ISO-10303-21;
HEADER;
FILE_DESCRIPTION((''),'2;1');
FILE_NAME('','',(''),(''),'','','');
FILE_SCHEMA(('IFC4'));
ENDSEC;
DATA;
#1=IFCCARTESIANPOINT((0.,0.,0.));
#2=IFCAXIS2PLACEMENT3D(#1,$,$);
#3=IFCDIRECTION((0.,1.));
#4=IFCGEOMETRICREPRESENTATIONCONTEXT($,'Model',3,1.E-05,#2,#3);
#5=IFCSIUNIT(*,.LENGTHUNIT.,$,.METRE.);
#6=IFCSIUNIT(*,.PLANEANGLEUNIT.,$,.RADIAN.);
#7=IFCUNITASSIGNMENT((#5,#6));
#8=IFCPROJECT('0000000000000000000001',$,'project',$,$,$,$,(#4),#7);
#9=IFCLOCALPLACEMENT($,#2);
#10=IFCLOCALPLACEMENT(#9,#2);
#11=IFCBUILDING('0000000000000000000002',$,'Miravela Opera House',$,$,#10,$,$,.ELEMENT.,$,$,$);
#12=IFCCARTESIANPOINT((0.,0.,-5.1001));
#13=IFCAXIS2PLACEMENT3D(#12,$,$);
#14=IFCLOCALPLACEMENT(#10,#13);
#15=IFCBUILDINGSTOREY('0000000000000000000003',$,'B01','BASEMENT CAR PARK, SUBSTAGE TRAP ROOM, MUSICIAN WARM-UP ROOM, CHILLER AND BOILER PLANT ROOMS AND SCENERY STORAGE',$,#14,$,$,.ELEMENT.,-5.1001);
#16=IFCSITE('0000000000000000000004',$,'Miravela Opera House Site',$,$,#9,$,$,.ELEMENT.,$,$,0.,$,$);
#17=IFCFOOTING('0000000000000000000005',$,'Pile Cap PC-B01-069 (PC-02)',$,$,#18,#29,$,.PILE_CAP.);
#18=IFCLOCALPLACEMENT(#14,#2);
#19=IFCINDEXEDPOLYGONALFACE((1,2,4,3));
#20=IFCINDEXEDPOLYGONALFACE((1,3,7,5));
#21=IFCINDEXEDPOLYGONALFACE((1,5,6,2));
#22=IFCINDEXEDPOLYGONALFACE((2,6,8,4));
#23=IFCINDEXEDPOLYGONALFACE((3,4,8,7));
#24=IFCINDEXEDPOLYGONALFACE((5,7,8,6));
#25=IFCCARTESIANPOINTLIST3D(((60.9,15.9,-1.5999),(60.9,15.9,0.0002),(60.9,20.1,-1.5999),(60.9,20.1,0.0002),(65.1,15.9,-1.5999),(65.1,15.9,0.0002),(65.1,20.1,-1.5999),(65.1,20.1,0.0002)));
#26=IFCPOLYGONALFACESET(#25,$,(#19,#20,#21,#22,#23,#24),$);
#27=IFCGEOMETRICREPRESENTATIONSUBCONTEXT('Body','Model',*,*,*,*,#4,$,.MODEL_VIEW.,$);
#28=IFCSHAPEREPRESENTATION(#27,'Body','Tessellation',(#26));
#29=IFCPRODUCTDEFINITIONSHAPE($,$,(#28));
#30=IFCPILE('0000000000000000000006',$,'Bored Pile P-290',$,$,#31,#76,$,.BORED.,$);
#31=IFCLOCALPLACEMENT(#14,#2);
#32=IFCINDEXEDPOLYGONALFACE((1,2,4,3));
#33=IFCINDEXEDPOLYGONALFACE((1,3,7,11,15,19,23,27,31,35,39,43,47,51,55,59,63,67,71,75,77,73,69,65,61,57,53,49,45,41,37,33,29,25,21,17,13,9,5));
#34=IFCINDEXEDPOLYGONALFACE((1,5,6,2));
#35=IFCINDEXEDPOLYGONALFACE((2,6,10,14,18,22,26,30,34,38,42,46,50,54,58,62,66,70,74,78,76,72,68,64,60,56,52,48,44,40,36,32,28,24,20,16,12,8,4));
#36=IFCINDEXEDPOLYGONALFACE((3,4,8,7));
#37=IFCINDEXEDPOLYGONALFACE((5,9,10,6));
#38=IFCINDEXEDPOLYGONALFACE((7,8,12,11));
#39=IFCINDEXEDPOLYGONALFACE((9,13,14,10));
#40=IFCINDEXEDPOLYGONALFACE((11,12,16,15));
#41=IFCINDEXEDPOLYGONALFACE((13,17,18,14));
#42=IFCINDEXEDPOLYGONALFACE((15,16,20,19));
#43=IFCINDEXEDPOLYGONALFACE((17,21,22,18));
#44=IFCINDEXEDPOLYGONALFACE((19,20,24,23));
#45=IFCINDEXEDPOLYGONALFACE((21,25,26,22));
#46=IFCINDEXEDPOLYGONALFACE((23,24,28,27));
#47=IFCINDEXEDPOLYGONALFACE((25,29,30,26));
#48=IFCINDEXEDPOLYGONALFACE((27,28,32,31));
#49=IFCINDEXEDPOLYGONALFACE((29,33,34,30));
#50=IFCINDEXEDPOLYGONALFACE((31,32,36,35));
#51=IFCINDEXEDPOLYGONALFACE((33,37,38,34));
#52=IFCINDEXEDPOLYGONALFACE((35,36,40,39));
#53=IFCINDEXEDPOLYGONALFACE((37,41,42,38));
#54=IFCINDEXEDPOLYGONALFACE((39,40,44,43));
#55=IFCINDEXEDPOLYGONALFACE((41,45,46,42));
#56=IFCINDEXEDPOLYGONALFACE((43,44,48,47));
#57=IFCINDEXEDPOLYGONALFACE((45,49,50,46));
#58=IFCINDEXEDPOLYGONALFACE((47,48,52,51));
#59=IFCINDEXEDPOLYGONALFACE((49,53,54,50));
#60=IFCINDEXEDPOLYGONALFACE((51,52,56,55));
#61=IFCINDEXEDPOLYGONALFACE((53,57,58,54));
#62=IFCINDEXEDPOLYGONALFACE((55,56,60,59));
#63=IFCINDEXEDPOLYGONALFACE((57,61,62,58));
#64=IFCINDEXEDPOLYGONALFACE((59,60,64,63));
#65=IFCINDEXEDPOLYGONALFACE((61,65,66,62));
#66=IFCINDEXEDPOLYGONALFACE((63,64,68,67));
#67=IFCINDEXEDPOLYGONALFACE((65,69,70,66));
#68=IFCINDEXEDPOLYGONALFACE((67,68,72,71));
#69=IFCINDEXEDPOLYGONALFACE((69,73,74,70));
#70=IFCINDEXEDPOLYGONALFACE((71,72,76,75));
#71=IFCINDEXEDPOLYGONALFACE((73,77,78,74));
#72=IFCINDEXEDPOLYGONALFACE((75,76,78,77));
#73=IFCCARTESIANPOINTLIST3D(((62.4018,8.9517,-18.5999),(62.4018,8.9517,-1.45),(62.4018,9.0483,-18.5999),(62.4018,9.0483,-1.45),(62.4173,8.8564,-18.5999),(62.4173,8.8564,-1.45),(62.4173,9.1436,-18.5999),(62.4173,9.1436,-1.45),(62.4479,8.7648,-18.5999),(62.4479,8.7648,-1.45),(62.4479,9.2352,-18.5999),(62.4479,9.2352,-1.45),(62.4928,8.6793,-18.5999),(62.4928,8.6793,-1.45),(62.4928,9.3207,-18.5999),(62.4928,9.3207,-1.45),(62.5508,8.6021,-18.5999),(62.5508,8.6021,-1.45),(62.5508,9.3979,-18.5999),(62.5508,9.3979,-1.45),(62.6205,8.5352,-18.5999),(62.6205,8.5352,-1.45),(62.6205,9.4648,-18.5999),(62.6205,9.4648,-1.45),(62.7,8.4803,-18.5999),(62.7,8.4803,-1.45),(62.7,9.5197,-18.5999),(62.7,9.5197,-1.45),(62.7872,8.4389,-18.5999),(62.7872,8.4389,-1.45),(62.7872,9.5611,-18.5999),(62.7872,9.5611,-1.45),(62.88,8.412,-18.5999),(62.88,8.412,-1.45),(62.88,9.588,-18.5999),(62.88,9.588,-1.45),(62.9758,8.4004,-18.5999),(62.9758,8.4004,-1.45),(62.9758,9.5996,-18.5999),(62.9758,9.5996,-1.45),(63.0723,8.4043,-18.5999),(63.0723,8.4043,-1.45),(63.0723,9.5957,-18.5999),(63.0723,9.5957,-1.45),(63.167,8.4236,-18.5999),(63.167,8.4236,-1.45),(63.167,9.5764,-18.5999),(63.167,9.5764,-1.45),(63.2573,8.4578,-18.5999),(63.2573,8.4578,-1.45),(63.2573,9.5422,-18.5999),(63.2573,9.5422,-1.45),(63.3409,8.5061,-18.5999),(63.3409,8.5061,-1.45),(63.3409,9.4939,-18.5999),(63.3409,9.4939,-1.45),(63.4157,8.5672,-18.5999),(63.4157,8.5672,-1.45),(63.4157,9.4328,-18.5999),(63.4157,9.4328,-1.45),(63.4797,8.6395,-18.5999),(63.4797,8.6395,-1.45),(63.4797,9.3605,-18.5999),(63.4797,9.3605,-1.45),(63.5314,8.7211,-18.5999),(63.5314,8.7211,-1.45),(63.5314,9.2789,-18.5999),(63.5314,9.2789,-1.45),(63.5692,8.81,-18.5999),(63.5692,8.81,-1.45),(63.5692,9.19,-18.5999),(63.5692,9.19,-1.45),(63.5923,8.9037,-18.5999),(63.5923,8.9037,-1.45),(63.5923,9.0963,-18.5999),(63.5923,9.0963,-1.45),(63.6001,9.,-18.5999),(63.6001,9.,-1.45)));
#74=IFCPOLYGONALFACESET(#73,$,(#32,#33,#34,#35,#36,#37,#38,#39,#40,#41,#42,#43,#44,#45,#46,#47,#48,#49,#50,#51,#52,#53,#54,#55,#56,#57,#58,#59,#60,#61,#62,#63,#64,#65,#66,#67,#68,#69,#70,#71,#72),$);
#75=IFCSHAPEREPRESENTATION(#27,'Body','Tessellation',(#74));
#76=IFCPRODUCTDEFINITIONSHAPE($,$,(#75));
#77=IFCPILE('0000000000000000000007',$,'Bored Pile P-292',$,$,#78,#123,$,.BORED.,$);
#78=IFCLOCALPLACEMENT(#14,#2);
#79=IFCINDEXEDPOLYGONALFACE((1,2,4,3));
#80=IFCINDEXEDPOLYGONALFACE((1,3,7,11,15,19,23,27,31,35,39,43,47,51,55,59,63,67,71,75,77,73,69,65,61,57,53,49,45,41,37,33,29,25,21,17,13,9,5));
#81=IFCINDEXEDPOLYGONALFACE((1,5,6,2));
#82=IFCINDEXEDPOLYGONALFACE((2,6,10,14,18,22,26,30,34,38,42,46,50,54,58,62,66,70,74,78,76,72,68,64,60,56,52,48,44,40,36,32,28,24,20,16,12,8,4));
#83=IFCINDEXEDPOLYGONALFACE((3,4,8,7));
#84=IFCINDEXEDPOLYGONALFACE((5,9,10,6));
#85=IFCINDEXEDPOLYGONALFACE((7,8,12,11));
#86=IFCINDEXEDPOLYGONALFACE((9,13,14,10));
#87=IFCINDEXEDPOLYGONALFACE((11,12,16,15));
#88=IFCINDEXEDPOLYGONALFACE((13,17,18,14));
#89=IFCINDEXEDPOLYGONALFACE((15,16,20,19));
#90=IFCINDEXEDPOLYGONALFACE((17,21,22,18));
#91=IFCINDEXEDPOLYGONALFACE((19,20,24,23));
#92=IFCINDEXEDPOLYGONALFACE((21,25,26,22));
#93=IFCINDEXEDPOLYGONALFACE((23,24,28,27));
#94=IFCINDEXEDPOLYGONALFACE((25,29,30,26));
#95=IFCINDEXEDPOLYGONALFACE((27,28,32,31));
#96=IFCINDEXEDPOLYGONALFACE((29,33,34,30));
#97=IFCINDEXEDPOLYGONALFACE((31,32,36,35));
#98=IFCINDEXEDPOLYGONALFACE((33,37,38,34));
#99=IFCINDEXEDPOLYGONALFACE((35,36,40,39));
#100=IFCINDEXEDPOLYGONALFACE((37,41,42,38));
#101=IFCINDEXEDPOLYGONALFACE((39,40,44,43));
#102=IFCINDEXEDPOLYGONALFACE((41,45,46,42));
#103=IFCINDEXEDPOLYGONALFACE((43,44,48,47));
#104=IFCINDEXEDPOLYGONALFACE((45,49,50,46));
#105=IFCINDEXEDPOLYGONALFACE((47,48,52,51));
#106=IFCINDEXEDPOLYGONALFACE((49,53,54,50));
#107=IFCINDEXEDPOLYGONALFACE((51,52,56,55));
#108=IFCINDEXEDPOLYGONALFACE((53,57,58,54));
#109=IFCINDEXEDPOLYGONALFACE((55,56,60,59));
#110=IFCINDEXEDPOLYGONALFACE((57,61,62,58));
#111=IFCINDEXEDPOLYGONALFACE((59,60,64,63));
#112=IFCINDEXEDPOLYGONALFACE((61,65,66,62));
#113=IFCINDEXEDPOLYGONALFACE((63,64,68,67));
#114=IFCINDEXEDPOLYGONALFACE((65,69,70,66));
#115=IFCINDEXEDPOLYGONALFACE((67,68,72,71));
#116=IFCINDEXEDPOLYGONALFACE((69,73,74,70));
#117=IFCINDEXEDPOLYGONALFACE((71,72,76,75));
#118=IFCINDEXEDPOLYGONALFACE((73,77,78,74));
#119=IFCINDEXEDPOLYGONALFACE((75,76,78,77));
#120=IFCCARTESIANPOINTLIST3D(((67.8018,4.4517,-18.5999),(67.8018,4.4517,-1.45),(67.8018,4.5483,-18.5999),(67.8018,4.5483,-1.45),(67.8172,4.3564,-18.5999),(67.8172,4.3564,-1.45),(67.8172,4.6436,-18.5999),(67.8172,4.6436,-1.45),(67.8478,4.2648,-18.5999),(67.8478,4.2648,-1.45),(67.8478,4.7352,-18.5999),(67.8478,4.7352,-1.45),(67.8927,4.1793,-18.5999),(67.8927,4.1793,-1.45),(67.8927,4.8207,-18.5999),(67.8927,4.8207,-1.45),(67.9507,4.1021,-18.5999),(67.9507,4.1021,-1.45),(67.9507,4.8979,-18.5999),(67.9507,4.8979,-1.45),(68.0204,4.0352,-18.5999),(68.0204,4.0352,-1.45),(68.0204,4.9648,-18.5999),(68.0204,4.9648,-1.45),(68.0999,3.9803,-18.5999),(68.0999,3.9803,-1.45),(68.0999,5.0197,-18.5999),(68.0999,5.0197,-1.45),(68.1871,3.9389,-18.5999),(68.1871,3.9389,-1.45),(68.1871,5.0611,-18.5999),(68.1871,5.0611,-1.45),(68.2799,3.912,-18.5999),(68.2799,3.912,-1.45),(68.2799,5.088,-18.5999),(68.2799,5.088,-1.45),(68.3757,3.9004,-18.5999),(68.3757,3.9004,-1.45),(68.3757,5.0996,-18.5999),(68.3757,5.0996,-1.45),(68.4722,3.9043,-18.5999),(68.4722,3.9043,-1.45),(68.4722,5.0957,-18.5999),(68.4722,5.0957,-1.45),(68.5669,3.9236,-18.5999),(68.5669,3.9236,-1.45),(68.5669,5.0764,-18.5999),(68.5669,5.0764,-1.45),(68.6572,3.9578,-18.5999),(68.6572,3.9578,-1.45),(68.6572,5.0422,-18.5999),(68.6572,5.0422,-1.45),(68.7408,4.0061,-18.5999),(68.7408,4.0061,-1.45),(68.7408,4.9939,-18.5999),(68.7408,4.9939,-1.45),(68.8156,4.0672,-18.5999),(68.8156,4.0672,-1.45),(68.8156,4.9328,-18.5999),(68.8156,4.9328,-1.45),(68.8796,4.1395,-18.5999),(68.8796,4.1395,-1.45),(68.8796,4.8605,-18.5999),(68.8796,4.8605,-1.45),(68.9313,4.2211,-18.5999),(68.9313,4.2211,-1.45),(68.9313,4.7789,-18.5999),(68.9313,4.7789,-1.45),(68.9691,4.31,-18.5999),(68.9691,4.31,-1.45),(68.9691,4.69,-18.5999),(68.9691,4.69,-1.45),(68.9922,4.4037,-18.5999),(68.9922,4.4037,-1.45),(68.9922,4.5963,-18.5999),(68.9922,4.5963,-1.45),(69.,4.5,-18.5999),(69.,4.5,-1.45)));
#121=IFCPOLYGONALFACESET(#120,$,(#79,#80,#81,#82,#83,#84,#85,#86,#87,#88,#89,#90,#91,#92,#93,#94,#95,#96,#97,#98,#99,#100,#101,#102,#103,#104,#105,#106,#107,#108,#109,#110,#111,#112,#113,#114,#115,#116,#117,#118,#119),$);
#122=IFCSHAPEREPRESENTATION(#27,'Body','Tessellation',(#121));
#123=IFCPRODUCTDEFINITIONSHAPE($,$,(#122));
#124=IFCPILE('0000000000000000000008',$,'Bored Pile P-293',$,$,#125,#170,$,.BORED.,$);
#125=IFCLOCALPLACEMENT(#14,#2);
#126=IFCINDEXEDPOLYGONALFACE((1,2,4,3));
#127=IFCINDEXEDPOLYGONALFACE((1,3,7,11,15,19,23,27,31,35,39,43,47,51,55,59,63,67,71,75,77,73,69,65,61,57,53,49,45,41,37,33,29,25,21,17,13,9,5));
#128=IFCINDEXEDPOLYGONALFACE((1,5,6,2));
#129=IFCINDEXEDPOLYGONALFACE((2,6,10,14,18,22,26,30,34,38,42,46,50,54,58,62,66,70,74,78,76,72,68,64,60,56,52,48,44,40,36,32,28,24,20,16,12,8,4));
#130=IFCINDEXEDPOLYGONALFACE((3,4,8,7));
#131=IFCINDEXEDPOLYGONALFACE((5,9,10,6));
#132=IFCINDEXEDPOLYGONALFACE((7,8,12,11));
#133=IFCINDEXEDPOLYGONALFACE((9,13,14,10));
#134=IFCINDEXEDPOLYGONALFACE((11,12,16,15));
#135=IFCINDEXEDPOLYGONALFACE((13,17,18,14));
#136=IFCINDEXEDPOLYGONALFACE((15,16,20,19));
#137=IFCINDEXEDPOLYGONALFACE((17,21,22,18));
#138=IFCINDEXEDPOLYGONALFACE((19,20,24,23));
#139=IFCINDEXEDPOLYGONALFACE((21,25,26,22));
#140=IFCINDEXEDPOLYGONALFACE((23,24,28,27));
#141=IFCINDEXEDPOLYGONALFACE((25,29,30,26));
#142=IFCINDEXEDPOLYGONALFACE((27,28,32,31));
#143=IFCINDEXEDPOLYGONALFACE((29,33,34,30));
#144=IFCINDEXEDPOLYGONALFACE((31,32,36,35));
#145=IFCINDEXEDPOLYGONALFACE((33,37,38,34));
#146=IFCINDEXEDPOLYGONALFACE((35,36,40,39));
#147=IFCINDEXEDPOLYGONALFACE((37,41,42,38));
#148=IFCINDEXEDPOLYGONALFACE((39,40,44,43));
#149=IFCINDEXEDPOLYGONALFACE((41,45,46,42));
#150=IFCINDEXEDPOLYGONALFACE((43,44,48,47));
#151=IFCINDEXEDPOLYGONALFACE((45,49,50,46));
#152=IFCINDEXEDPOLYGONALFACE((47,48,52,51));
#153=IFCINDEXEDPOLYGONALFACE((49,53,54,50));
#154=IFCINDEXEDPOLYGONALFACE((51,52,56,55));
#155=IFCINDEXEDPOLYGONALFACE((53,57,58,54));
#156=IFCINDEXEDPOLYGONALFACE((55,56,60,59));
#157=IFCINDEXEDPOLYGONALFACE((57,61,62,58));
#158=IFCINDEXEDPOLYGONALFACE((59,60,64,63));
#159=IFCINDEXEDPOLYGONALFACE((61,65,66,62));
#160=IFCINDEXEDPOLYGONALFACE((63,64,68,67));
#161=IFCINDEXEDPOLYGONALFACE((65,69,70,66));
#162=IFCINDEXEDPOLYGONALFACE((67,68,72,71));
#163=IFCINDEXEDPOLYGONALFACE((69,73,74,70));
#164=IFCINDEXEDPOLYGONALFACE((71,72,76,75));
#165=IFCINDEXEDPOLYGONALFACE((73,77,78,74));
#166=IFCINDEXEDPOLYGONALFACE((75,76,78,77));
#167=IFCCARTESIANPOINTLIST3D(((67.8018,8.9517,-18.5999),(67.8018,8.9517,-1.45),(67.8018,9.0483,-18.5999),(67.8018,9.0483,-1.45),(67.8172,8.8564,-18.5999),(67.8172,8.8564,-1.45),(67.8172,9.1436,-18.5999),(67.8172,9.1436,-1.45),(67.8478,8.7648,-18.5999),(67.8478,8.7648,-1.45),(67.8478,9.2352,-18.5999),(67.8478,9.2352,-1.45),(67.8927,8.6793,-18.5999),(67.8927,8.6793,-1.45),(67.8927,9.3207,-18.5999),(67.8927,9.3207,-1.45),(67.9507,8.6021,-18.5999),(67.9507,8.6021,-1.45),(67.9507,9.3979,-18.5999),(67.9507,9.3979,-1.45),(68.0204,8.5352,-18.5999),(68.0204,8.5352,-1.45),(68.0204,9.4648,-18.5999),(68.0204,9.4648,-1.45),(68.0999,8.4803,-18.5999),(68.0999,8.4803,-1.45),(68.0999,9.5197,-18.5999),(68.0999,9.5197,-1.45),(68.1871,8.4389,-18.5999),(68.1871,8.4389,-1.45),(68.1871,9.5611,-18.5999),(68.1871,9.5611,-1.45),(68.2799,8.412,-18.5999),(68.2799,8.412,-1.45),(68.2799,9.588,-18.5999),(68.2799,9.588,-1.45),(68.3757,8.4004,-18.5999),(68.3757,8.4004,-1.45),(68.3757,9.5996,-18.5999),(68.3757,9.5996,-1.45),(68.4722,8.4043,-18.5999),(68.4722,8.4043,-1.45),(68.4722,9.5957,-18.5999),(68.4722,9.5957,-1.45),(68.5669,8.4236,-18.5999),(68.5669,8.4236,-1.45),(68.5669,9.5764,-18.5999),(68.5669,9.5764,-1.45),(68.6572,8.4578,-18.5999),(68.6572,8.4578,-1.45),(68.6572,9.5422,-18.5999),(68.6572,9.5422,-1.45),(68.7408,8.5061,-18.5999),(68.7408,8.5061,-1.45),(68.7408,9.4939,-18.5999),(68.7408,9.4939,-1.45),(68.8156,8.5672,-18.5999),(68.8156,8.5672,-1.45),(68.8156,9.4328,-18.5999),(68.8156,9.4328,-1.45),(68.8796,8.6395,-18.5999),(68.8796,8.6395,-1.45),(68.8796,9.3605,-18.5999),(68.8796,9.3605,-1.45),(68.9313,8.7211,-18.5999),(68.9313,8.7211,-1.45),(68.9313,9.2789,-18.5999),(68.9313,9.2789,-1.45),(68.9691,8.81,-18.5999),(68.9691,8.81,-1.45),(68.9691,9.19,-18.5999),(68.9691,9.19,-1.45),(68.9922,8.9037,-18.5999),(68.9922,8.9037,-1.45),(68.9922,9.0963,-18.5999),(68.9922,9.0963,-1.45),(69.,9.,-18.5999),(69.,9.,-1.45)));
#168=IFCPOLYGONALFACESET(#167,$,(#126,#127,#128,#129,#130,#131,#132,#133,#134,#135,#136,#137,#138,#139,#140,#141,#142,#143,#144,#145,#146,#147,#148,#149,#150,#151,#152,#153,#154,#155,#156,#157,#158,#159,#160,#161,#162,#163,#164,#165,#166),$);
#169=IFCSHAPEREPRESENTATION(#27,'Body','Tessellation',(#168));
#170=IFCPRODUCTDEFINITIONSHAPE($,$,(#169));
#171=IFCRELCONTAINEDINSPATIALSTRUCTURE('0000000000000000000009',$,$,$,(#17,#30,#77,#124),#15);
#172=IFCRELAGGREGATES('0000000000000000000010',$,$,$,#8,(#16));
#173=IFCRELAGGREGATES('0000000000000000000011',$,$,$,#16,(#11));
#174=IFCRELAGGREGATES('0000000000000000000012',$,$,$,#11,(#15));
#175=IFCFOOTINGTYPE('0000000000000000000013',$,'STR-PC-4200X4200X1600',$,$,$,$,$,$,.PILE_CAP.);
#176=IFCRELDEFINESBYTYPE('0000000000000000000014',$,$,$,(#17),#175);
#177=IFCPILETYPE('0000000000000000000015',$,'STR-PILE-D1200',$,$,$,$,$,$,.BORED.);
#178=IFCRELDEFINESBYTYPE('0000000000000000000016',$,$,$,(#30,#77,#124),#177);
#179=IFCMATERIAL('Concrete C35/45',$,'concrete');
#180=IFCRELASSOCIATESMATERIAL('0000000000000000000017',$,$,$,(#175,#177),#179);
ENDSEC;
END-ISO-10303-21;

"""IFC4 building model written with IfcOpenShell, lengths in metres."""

from ifc_helpers import new_model, si_unit, direction, frame, origin, origin_2d, place, context, subcontext, project, spatial, rectangle, circle, extrude, material, material_profile, profile_set, type_object, element, save


model = new_model("IFC4")

# Units and contexts
model_context = context("Model", 3, precision=1e-05, world=origin(), true_north=direction((0.0, 1.0)))
body_context = subcontext(model_context, "Body", "Model", "MODEL_VIEW")
ifc_project = project(units=[si_unit("LENGTHUNIT", "METRE"), si_unit("PLANEANGLEUNIT", "RADIAN")], contexts=[model_context])

# Site, building, storey
site_placement = place(None, origin())
site = spatial("IfcSite", under=ifc_project, at=site_placement, Name="Miravela Opera House Site", CompositionType="ELEMENT", RefElevation=0.0)
building_placement = place(site_placement, origin())
building = spatial("IfcBuilding", under=site, at=building_placement, Name="Miravela Opera House", CompositionType="ELEMENT")
storey_placement = place(building_placement, frame((0.0, 0.0, -5.1001)))
storey = spatial("IfcBuildingStorey", under=building, at=storey_placement, Name="B01", Description="BASEMENT CAR PARK, SUBSTAGE TRAP ROOM, MUSICIAN WARM-UP ROOM, CHILLER AND BOILER PLANT ROOMS AND SCENERY STORAGE", CompositionType="ELEMENT", Elevation=-5.1001)

# Footing
ifc_material_1 = material(Name="Concrete C35/45", Category="concrete")
footing_type = type_object("IfcFootingType", Name="STR-PC-4200X4200X1600", PredefinedType="PILE_CAP", material=ifc_material_1)
footing_placement = place(storey_placement, frame((63.0, 18.0, -1.5999), z_axis=(0.0, 0.0, 1.0), x_axis=(1.0, 0.0, 0.0)))
element("IfcFooting", 1, at=footing_placement, inside=storey, type_object=footing_type, Name="Pile Cap PC-B01-069 (PC-02)", PredefinedType="PILE_CAP", context=body_context, shape_type="SweptSolid", body=[
    extrude(rectangle(XDim=4.2, YDim=4.2, at=origin_2d()), origin(), (0.0, 0.0, 1.0), 1.6001),
])

# Piles
ifc_material_profile_1 = material_profile(ifc_material_1, circle(Radius=0.6001, at=origin_2d()), Name="PILE-D1200")
ifc_profile_set_1 = profile_set([ifc_material_profile_1])
pile_type_1 = type_object("IfcPileType", Name="STR-PILE-D1200", PredefinedType="BORED", material=ifc_profile_set_1)
for number, where, z_axis, x_axis, name in (
    (2, (63.0, 9.0, -1.45), (0.0, 0.0, -1.0), (1.0, 0.0, 0.0), "Bored Pile P-290"),
    (3, (68.3999, 4.5, -1.45), (0.0, 0.0, -1.0), (1.0, 0.0, 0.0), "Bored Pile P-292"),
    (4, (68.3999, 9.0, -1.45), (0.0, 0.0, -1.0), (1.0, 0.0, 0.0), "Bored Pile P-293"),
):
    element("IfcPile", number, at=place(storey_placement, frame(where, z_axis=z_axis, x_axis=x_axis)), inside=storey, type_object=pile_type_1, Name=name, PredefinedType="BORED", context=body_context, shape_type="SweptSolid", body=[
        extrude(circle(Radius=0.6001, at=origin_2d()), origin(), (0.0, 0.0, 1.0), 17.1499),
    ])

save(model, "model.ifc")
